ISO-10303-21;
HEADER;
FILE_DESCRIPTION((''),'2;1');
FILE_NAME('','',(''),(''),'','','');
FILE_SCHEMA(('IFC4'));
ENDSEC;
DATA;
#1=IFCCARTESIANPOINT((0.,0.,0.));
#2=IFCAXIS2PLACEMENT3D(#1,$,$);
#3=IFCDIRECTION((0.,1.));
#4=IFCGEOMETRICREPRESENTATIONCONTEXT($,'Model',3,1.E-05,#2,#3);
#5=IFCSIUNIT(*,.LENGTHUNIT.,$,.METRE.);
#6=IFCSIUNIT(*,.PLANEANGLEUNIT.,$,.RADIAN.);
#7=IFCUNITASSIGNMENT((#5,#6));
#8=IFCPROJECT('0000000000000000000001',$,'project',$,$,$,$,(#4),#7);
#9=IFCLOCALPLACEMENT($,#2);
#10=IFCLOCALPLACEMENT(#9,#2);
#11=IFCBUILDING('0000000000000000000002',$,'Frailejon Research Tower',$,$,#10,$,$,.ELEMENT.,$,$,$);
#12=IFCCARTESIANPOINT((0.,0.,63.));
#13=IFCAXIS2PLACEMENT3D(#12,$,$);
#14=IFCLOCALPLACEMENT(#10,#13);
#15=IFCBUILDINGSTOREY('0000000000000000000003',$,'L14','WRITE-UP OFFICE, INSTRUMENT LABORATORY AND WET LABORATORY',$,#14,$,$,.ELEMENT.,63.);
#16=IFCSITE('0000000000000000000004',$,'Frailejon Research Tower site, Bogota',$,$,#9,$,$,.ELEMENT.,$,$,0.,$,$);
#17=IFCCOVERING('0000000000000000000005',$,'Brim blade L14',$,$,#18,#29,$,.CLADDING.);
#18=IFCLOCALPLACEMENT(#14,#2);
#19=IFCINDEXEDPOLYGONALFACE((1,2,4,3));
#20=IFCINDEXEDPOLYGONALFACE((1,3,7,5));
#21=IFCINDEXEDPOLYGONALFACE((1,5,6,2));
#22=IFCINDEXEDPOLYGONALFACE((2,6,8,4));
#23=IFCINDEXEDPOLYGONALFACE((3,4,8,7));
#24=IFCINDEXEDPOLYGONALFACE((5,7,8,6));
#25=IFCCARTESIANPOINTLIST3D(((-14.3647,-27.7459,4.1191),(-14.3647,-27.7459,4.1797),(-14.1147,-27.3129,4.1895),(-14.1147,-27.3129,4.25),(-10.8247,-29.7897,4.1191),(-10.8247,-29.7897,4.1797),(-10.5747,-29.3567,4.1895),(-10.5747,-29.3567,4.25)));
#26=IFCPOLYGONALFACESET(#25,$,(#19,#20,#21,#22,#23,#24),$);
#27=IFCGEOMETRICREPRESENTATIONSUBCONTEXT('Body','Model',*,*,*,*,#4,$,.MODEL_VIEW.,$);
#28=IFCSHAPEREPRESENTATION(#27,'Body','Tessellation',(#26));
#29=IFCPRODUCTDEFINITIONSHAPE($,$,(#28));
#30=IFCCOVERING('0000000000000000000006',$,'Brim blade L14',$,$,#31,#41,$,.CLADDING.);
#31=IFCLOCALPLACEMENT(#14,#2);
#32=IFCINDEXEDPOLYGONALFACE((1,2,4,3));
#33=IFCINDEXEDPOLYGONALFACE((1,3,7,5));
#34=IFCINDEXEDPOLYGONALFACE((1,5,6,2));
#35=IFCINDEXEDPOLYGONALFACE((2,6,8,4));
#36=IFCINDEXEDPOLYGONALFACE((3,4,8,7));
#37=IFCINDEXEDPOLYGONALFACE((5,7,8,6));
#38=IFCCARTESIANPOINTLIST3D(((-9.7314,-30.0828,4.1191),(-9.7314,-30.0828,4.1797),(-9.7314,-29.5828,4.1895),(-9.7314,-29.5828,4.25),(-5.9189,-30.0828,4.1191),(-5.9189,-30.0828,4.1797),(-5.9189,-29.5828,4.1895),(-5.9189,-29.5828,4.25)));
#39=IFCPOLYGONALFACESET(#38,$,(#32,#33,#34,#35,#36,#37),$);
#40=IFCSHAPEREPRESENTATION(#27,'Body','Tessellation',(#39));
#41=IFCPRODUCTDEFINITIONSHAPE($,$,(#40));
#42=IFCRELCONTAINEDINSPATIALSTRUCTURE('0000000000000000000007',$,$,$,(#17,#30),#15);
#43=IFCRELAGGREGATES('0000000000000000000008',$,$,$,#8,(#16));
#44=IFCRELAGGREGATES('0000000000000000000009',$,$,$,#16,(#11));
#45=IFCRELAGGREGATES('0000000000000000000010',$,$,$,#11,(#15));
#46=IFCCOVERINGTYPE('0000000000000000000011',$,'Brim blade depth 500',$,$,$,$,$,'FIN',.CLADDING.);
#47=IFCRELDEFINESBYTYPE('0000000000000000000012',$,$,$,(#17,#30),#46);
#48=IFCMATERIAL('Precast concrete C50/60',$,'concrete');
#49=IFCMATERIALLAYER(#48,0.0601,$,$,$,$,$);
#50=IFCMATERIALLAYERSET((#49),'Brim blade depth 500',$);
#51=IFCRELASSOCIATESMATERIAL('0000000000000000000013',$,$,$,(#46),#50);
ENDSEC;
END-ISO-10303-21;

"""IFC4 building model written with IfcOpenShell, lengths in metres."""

from ifc_helpers import new_model, si_unit, direction, frame, origin, place, context, subcontext, project, spatial, polyline, outline, extrude, material, layer, layer_set, type_object, element, save


model = new_model("IFC4")

# Units and contexts
model_context = context("Model", 3, precision=1e-05, world=origin(), true_north=direction((0.0, 1.0)))
body_context = subcontext(model_context, "Body", "Model", "MODEL_VIEW")
ifc_project = project(units=[si_unit("LENGTHUNIT", "METRE"), si_unit("PLANEANGLEUNIT", "RADIAN")], contexts=[model_context])

# Site, building, storey
site_placement = place(None, origin())
site = spatial("IfcSite", under=ifc_project, at=site_placement, Name="Frailejon Research Tower site, Bogota", CompositionType="ELEMENT", RefElevation=0.0)
building_placement = place(site_placement, origin())
building = spatial("IfcBuilding", under=site, at=building_placement, Name="Frailejon Research Tower", CompositionType="ELEMENT")
storey_placement = place(building_placement, frame((0.0, 0.0, 63.0)))
storey = spatial("IfcBuildingStorey", under=building, at=storey_placement, Name="L14", Description="WRITE-UP OFFICE, INSTRUMENT LABORATORY AND WET LABORATORY", CompositionType="ELEMENT", Elevation=63.0)

# Coverings
ifc_material_1 = material(Name="Precast concrete C50/60", Category="concrete")
ifc_layer_1 = layer(ifc_material_1, 0.0601)
ifc_layer_set_1 = layer_set([ifc_layer_1], Name="Brim blade depth 500")
covering_type_1 = type_object("IfcCoveringType", Name="Brim blade depth 500", ElementType="FIN", PredefinedType="CLADDING", material=ifc_layer_set_1)
covering_1_placement = place(storey_placement, frame((-10.5747, -29.3567, 4.25), z_axis=(-0.866027, 0.499997, 0.0), x_axis=(-0.499997, -0.866027, 0.0)))
element("IfcCovering", 1, at=covering_1_placement, inside=storey, type_object=covering_type_1, Name="Brim blade L14", PredefinedType="CLADDING", context=body_context, shape_type="SweptSolid", body=[
    extrude(outline(polyline([(0.0, -0.0605), (0.5, -0.1309), (0.5, -0.0703), (0.0, 0.0), (0.0, -0.0605)])), origin(), (0.0, 0.0, 1.0), 4.0876),
])
covering_2_placement = place(storey_placement, frame((-5.9189, -29.5828, 4.25), z_axis=(-1.0, 0.0, 0.0), x_axis=(0.0, -1.0, 0.0)))
element("IfcCovering", 2, at=covering_2_placement, inside=storey, type_object=covering_type_1, Name="Brim blade L14", PredefinedType="CLADDING", context=body_context, shape_type="SweptSolid", body=[
    extrude(outline(polyline([(0.0, -0.0605), (0.5, -0.1309), (0.5, -0.0703), (0.0, 0.0), (0.0, -0.0605)])), origin(), (0.0, 0.0, 1.0), 3.8125),
])

save(model, "model.ifc")
